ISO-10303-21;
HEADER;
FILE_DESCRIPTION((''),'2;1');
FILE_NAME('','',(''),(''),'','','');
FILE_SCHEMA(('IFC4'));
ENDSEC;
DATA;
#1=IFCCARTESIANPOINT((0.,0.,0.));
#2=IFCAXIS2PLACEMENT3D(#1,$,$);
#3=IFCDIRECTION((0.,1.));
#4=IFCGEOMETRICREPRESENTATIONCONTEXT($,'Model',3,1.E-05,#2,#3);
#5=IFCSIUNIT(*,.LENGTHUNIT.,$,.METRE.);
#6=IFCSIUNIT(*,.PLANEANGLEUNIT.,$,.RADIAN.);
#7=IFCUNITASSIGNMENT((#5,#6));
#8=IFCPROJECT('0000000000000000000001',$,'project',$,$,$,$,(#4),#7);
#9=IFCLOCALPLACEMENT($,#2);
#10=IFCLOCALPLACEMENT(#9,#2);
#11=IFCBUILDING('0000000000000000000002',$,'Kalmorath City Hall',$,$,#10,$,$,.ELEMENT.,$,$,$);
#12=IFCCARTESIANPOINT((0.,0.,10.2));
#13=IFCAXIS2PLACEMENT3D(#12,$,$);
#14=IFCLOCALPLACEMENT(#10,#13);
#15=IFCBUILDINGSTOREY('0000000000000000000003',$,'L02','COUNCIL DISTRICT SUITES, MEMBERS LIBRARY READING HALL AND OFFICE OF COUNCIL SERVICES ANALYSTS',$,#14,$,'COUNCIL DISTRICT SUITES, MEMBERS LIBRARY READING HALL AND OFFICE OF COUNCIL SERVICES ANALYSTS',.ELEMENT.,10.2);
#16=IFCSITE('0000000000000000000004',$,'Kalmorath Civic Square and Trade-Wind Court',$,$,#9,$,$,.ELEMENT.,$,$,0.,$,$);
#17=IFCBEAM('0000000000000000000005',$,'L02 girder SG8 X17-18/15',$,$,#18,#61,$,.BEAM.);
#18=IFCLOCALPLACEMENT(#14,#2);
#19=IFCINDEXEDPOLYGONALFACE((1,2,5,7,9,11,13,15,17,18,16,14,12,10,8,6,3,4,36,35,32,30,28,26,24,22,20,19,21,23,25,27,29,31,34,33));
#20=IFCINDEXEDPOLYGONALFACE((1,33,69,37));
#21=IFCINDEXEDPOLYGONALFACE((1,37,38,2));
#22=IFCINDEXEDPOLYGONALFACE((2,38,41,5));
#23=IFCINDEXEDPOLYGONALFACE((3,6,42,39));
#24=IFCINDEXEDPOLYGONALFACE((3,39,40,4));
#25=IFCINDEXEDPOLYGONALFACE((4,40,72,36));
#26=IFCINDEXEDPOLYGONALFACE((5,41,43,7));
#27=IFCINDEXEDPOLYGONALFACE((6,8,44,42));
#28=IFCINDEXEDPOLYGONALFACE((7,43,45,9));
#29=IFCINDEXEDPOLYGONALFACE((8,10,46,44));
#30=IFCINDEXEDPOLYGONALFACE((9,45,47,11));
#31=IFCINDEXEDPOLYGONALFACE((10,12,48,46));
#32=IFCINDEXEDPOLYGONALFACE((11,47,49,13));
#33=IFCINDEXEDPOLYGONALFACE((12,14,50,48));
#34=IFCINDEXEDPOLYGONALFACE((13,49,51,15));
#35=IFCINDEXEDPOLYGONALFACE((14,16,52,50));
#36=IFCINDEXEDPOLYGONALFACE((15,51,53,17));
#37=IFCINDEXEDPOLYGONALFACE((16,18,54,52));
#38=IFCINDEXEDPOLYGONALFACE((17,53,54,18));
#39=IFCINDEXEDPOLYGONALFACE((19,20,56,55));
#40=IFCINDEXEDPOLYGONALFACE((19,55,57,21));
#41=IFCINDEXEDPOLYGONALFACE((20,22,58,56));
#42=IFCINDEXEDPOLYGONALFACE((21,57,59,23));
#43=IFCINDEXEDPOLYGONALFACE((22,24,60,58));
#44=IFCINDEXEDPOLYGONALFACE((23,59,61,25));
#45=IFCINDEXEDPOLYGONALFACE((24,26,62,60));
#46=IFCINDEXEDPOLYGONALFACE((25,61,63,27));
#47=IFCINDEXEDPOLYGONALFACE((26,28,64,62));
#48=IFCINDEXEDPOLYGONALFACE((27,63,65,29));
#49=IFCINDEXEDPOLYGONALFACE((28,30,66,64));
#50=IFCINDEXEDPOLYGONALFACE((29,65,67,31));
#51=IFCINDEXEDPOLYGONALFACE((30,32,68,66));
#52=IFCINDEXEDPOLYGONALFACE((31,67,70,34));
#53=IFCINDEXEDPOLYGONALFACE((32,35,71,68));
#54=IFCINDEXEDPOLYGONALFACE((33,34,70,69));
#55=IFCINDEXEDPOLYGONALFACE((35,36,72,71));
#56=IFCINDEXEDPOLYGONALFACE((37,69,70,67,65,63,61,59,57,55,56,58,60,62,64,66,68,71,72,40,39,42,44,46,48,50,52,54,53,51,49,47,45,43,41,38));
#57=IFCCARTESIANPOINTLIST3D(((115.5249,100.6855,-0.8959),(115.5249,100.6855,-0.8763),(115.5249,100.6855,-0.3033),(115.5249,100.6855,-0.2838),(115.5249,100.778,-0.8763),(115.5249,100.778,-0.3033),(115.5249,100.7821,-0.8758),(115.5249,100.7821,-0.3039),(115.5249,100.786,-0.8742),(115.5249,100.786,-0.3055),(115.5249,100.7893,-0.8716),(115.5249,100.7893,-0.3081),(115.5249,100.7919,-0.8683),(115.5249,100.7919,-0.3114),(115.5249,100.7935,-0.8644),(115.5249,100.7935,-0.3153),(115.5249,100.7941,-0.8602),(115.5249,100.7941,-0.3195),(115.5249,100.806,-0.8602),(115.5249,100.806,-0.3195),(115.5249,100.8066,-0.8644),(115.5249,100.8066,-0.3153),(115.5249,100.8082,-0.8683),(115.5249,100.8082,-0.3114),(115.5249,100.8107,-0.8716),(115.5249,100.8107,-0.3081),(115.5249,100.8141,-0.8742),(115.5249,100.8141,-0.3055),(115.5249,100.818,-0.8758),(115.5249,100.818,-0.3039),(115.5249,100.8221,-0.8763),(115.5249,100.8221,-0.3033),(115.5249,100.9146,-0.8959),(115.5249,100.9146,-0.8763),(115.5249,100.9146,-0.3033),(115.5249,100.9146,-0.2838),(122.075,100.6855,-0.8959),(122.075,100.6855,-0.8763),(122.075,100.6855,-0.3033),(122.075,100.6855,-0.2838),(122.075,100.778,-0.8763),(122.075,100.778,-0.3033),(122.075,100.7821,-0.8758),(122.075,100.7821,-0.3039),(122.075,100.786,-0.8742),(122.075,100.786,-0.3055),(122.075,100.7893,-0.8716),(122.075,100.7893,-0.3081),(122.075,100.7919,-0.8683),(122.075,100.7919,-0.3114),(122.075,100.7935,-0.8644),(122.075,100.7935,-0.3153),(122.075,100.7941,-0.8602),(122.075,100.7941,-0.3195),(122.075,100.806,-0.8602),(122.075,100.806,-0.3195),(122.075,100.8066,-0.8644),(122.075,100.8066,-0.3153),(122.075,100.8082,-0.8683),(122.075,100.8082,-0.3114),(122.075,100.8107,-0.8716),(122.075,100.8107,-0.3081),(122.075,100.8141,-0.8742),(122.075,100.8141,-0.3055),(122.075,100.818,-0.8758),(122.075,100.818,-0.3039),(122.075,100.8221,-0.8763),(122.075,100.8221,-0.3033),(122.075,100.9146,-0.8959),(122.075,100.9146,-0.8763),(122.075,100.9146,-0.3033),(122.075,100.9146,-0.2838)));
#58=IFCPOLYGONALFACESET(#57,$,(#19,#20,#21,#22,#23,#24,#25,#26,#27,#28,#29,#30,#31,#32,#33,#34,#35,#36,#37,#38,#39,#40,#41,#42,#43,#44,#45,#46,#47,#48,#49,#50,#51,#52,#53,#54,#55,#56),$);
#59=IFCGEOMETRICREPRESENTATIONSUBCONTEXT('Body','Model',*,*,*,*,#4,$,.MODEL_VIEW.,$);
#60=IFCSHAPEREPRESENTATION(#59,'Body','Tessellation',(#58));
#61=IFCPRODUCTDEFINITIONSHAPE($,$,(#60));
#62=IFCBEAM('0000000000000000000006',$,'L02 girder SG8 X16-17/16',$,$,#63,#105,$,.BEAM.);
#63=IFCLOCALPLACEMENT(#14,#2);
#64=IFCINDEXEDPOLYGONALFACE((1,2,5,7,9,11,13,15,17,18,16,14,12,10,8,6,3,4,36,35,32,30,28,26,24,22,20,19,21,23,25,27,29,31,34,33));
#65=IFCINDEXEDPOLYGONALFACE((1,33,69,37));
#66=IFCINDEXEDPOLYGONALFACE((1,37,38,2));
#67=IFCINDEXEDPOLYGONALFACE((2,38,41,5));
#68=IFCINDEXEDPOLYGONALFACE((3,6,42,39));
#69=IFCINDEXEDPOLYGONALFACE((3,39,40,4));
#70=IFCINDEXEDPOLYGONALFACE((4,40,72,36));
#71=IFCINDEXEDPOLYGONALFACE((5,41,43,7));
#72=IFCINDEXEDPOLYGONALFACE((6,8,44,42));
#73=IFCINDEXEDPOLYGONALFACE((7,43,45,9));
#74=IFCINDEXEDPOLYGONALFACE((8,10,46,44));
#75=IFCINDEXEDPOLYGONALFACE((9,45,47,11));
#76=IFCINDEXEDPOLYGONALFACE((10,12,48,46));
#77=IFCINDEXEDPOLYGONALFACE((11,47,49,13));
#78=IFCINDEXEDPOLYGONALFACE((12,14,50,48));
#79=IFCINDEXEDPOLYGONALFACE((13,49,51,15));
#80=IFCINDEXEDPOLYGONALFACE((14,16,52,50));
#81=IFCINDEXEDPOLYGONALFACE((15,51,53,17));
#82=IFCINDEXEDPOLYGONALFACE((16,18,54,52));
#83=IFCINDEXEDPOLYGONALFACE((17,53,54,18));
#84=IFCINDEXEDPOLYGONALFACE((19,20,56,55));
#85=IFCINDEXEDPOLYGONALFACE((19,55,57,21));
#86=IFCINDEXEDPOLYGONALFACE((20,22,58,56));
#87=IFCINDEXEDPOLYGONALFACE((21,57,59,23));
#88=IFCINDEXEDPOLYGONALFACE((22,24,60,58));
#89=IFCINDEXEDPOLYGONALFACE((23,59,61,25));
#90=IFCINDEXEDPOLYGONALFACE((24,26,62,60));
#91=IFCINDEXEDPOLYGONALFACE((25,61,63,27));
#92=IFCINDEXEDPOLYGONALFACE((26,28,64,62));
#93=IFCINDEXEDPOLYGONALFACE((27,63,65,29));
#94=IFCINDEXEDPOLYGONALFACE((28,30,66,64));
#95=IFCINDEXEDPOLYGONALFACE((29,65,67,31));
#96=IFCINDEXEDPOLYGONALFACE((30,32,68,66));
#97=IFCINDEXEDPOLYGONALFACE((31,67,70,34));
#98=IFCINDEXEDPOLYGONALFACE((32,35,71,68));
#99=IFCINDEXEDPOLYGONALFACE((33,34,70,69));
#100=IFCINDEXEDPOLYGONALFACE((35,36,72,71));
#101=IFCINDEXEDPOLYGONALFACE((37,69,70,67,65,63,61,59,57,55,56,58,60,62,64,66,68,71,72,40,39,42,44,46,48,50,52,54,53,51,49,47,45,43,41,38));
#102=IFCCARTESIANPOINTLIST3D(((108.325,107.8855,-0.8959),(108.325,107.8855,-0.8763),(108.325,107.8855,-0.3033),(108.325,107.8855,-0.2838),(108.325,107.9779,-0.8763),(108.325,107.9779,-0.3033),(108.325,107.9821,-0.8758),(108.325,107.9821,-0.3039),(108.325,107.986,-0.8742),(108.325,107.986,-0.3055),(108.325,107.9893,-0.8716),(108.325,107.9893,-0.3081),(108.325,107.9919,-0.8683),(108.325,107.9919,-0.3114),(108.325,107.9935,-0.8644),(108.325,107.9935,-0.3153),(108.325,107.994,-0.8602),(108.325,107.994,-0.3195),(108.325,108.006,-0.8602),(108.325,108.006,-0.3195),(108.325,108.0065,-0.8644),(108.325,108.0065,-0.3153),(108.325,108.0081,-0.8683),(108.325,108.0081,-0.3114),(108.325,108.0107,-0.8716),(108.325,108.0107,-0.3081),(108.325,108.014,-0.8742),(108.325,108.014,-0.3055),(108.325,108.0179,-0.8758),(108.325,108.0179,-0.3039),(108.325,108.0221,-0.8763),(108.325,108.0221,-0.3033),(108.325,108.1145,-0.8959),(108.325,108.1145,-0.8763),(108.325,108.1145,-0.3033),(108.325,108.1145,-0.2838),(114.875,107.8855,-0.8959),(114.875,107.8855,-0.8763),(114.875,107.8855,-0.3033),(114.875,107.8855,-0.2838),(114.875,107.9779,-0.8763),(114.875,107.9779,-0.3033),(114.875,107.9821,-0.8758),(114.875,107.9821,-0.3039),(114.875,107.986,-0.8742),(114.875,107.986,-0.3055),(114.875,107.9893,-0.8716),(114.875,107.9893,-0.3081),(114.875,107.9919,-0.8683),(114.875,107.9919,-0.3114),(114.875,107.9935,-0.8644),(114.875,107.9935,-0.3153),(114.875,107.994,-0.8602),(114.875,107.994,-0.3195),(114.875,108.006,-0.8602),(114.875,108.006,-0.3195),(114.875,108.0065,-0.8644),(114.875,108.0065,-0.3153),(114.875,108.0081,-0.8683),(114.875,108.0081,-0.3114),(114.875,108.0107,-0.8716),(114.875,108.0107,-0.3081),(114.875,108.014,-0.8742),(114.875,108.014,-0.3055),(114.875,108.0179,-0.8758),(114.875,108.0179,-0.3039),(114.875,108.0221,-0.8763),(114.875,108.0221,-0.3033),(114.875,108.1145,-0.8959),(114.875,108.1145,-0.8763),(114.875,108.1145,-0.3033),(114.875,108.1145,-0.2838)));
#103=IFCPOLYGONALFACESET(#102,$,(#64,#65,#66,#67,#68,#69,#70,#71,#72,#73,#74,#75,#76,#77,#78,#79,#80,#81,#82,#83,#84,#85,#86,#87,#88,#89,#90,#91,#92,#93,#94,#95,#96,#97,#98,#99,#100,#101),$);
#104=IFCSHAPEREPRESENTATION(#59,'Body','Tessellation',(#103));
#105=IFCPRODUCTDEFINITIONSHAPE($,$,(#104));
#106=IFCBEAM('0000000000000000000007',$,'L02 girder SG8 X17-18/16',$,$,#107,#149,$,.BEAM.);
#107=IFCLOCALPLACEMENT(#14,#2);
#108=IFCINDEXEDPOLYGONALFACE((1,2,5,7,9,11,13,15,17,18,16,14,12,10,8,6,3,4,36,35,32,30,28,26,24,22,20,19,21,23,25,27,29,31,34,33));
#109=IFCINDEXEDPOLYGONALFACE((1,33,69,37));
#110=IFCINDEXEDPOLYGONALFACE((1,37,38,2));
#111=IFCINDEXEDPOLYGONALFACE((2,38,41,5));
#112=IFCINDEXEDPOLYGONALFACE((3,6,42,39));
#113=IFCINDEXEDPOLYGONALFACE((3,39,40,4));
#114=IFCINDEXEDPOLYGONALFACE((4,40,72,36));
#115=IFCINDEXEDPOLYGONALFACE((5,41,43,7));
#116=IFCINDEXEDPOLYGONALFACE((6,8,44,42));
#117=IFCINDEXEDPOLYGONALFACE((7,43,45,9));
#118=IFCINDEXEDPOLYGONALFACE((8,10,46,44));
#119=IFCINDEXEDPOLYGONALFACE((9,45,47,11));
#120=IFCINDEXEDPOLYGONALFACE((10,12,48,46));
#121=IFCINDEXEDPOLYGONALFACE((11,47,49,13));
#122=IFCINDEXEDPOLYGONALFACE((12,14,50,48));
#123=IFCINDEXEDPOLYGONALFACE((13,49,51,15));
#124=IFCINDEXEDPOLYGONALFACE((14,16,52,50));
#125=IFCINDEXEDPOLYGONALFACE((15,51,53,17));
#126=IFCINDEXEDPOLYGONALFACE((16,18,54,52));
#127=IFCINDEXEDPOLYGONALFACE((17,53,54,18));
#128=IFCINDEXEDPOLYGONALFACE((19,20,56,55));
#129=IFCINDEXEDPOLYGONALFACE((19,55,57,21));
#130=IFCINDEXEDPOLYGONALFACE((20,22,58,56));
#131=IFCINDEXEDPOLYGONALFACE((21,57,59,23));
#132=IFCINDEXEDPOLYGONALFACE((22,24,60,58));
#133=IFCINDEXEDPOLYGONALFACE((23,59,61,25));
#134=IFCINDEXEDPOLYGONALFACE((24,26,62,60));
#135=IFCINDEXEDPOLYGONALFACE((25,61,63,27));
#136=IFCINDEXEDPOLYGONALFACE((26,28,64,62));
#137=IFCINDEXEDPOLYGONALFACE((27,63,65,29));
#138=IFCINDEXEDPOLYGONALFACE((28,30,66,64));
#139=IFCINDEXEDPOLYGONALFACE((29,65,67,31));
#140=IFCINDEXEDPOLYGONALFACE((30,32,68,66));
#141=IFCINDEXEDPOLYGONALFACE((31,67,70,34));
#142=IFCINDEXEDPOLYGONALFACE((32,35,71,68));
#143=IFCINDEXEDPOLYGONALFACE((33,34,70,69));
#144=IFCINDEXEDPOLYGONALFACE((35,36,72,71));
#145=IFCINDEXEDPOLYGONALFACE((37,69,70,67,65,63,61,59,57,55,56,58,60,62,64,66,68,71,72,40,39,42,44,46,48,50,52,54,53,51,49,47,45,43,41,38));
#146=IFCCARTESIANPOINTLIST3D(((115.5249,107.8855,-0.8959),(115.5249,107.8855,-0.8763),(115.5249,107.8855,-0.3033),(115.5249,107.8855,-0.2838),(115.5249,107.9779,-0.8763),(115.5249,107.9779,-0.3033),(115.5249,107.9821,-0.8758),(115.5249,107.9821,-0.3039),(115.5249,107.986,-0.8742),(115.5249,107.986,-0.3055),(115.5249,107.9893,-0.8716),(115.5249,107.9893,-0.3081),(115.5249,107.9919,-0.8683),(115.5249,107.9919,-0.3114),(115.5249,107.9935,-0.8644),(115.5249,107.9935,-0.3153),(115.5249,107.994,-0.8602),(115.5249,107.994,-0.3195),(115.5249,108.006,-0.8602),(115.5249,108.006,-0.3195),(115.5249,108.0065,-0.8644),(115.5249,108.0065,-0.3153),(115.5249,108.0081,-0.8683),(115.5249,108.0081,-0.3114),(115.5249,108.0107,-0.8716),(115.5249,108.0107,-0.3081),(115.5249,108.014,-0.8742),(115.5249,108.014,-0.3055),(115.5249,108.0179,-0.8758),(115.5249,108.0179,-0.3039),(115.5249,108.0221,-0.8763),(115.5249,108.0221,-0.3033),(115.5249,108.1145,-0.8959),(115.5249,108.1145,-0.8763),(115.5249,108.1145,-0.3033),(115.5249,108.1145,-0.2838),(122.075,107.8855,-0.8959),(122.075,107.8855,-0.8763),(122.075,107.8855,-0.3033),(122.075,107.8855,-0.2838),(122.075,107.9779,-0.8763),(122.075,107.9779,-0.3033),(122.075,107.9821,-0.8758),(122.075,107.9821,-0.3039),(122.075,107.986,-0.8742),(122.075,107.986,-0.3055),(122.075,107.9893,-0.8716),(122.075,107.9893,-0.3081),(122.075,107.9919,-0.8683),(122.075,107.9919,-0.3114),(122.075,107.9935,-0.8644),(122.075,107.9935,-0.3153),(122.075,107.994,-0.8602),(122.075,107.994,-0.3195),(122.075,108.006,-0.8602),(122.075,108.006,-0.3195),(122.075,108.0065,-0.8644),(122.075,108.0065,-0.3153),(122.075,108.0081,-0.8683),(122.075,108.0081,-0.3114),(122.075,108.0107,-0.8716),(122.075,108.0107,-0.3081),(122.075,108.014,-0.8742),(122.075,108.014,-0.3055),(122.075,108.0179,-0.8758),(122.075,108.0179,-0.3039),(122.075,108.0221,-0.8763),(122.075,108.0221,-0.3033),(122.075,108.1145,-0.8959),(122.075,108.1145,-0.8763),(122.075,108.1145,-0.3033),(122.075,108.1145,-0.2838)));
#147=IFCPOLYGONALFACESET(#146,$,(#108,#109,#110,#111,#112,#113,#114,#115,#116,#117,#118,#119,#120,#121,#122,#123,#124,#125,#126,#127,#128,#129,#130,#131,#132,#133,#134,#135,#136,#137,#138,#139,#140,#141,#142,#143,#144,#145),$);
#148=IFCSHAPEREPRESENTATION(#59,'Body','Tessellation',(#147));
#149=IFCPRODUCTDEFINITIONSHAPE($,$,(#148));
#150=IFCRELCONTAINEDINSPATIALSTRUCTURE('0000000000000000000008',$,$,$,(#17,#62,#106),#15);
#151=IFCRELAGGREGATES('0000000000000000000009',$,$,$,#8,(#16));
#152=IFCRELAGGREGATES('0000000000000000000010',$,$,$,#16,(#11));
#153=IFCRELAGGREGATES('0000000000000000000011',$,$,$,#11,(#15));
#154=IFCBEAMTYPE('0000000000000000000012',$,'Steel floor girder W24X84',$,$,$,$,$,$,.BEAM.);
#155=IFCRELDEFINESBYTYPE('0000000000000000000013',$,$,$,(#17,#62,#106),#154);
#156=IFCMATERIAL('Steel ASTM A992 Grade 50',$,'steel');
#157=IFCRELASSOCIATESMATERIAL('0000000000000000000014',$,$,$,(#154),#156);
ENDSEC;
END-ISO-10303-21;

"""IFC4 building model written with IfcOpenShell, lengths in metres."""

from ifc_helpers import new_model, si_unit, direction, frame, origin, origin_2d, place, context, subcontext, project, spatial, i_section, extrude, material, material_profile, profile_set, type_object, element, save


model = new_model("IFC4")

# Units and contexts
model_context = context("Model", 3, precision=1e-05, world=origin(), true_north=direction((0.0, 1.0)))
body_context = subcontext(model_context, "Body", "Model", "MODEL_VIEW")
ifc_project = project(units=[si_unit("LENGTHUNIT", "METRE"), si_unit("PLANEANGLEUNIT", "RADIAN")], contexts=[model_context])

# Site, building, storey
site_placement = place(None, origin())
site = spatial("IfcSite", under=ifc_project, at=site_placement, Name="Kalmorath Civic Square and Trade-Wind Court", CompositionType="ELEMENT", RefElevation=0.0)
building_placement = place(site_placement, origin())
building = spatial("IfcBuilding", under=site, at=building_placement, Name="Kalmorath City Hall", CompositionType="ELEMENT")
storey_placement = place(building_placement, frame((0.0, 0.0, 10.2)))
storey = spatial("IfcBuildingStorey", under=building, at=storey_placement, Name="L02", Description="COUNCIL DISTRICT SUITES, MEMBERS LIBRARY READING HALL AND OFFICE OF COUNCIL SERVICES ANALYSTS", LongName="COUNCIL DISTRICT SUITES, MEMBERS LIBRARY READING HALL AND OFFICE OF COUNCIL SERVICES ANALYSTS", CompositionType="ELEMENT", Elevation=10.2)

# Beams
ifc_material_1 = material(Name="Steel ASTM A992 Grade 50", Category="steel")
ifc_material_profile_1 = material_profile(ifc_material_1, i_section(OverallWidth=0.229, OverallDepth=0.6121, WebThickness=0.012, FlangeThickness=0.0195, FilletRadius=0.0161, at=origin_2d()), Name="W24X84")
ifc_profile_set_1 = profile_set([ifc_material_profile_1], Name="Steel ASTM A992 Grade 50")
beam_type_1 = type_object("IfcBeamType", Name="Steel floor girder W24X84", PredefinedType="BEAM", material=ifc_profile_set_1)
for number, where, z_axis, x_axis, name in (
    (1, (115.5249, 100.8, -0.5898), (1.0, 0.0, 0.0), (0.0, 1.0, 0.0), "L02 girder SG8 X17-18/15"),
    (2, (108.325, 108.0, -0.5898), (1.0, 0.0, 0.0), (0.0, 1.0, 0.0), "L02 girder SG8 X16-17/16"),
    (3, (115.5249, 108.0, -0.5898), (1.0, 0.0, 0.0), (0.0, 1.0, 0.0), "L02 girder SG8 X17-18/16"),
):
    element("IfcBeam", number, at=place(storey_placement, frame(where, z_axis=z_axis, x_axis=x_axis)), inside=storey, type_object=beam_type_1, Name=name, PredefinedType="BEAM", context=body_context, shape_type="SweptSolid", body=[
        extrude(i_section(OverallWidth=0.229, OverallDepth=0.6121, WebThickness=0.012, FlangeThickness=0.0195, FilletRadius=0.0161, at=origin_2d()), origin(), (0.0, 0.0, 1.0), 6.55),
    ])

save(model, "model.ifc")
